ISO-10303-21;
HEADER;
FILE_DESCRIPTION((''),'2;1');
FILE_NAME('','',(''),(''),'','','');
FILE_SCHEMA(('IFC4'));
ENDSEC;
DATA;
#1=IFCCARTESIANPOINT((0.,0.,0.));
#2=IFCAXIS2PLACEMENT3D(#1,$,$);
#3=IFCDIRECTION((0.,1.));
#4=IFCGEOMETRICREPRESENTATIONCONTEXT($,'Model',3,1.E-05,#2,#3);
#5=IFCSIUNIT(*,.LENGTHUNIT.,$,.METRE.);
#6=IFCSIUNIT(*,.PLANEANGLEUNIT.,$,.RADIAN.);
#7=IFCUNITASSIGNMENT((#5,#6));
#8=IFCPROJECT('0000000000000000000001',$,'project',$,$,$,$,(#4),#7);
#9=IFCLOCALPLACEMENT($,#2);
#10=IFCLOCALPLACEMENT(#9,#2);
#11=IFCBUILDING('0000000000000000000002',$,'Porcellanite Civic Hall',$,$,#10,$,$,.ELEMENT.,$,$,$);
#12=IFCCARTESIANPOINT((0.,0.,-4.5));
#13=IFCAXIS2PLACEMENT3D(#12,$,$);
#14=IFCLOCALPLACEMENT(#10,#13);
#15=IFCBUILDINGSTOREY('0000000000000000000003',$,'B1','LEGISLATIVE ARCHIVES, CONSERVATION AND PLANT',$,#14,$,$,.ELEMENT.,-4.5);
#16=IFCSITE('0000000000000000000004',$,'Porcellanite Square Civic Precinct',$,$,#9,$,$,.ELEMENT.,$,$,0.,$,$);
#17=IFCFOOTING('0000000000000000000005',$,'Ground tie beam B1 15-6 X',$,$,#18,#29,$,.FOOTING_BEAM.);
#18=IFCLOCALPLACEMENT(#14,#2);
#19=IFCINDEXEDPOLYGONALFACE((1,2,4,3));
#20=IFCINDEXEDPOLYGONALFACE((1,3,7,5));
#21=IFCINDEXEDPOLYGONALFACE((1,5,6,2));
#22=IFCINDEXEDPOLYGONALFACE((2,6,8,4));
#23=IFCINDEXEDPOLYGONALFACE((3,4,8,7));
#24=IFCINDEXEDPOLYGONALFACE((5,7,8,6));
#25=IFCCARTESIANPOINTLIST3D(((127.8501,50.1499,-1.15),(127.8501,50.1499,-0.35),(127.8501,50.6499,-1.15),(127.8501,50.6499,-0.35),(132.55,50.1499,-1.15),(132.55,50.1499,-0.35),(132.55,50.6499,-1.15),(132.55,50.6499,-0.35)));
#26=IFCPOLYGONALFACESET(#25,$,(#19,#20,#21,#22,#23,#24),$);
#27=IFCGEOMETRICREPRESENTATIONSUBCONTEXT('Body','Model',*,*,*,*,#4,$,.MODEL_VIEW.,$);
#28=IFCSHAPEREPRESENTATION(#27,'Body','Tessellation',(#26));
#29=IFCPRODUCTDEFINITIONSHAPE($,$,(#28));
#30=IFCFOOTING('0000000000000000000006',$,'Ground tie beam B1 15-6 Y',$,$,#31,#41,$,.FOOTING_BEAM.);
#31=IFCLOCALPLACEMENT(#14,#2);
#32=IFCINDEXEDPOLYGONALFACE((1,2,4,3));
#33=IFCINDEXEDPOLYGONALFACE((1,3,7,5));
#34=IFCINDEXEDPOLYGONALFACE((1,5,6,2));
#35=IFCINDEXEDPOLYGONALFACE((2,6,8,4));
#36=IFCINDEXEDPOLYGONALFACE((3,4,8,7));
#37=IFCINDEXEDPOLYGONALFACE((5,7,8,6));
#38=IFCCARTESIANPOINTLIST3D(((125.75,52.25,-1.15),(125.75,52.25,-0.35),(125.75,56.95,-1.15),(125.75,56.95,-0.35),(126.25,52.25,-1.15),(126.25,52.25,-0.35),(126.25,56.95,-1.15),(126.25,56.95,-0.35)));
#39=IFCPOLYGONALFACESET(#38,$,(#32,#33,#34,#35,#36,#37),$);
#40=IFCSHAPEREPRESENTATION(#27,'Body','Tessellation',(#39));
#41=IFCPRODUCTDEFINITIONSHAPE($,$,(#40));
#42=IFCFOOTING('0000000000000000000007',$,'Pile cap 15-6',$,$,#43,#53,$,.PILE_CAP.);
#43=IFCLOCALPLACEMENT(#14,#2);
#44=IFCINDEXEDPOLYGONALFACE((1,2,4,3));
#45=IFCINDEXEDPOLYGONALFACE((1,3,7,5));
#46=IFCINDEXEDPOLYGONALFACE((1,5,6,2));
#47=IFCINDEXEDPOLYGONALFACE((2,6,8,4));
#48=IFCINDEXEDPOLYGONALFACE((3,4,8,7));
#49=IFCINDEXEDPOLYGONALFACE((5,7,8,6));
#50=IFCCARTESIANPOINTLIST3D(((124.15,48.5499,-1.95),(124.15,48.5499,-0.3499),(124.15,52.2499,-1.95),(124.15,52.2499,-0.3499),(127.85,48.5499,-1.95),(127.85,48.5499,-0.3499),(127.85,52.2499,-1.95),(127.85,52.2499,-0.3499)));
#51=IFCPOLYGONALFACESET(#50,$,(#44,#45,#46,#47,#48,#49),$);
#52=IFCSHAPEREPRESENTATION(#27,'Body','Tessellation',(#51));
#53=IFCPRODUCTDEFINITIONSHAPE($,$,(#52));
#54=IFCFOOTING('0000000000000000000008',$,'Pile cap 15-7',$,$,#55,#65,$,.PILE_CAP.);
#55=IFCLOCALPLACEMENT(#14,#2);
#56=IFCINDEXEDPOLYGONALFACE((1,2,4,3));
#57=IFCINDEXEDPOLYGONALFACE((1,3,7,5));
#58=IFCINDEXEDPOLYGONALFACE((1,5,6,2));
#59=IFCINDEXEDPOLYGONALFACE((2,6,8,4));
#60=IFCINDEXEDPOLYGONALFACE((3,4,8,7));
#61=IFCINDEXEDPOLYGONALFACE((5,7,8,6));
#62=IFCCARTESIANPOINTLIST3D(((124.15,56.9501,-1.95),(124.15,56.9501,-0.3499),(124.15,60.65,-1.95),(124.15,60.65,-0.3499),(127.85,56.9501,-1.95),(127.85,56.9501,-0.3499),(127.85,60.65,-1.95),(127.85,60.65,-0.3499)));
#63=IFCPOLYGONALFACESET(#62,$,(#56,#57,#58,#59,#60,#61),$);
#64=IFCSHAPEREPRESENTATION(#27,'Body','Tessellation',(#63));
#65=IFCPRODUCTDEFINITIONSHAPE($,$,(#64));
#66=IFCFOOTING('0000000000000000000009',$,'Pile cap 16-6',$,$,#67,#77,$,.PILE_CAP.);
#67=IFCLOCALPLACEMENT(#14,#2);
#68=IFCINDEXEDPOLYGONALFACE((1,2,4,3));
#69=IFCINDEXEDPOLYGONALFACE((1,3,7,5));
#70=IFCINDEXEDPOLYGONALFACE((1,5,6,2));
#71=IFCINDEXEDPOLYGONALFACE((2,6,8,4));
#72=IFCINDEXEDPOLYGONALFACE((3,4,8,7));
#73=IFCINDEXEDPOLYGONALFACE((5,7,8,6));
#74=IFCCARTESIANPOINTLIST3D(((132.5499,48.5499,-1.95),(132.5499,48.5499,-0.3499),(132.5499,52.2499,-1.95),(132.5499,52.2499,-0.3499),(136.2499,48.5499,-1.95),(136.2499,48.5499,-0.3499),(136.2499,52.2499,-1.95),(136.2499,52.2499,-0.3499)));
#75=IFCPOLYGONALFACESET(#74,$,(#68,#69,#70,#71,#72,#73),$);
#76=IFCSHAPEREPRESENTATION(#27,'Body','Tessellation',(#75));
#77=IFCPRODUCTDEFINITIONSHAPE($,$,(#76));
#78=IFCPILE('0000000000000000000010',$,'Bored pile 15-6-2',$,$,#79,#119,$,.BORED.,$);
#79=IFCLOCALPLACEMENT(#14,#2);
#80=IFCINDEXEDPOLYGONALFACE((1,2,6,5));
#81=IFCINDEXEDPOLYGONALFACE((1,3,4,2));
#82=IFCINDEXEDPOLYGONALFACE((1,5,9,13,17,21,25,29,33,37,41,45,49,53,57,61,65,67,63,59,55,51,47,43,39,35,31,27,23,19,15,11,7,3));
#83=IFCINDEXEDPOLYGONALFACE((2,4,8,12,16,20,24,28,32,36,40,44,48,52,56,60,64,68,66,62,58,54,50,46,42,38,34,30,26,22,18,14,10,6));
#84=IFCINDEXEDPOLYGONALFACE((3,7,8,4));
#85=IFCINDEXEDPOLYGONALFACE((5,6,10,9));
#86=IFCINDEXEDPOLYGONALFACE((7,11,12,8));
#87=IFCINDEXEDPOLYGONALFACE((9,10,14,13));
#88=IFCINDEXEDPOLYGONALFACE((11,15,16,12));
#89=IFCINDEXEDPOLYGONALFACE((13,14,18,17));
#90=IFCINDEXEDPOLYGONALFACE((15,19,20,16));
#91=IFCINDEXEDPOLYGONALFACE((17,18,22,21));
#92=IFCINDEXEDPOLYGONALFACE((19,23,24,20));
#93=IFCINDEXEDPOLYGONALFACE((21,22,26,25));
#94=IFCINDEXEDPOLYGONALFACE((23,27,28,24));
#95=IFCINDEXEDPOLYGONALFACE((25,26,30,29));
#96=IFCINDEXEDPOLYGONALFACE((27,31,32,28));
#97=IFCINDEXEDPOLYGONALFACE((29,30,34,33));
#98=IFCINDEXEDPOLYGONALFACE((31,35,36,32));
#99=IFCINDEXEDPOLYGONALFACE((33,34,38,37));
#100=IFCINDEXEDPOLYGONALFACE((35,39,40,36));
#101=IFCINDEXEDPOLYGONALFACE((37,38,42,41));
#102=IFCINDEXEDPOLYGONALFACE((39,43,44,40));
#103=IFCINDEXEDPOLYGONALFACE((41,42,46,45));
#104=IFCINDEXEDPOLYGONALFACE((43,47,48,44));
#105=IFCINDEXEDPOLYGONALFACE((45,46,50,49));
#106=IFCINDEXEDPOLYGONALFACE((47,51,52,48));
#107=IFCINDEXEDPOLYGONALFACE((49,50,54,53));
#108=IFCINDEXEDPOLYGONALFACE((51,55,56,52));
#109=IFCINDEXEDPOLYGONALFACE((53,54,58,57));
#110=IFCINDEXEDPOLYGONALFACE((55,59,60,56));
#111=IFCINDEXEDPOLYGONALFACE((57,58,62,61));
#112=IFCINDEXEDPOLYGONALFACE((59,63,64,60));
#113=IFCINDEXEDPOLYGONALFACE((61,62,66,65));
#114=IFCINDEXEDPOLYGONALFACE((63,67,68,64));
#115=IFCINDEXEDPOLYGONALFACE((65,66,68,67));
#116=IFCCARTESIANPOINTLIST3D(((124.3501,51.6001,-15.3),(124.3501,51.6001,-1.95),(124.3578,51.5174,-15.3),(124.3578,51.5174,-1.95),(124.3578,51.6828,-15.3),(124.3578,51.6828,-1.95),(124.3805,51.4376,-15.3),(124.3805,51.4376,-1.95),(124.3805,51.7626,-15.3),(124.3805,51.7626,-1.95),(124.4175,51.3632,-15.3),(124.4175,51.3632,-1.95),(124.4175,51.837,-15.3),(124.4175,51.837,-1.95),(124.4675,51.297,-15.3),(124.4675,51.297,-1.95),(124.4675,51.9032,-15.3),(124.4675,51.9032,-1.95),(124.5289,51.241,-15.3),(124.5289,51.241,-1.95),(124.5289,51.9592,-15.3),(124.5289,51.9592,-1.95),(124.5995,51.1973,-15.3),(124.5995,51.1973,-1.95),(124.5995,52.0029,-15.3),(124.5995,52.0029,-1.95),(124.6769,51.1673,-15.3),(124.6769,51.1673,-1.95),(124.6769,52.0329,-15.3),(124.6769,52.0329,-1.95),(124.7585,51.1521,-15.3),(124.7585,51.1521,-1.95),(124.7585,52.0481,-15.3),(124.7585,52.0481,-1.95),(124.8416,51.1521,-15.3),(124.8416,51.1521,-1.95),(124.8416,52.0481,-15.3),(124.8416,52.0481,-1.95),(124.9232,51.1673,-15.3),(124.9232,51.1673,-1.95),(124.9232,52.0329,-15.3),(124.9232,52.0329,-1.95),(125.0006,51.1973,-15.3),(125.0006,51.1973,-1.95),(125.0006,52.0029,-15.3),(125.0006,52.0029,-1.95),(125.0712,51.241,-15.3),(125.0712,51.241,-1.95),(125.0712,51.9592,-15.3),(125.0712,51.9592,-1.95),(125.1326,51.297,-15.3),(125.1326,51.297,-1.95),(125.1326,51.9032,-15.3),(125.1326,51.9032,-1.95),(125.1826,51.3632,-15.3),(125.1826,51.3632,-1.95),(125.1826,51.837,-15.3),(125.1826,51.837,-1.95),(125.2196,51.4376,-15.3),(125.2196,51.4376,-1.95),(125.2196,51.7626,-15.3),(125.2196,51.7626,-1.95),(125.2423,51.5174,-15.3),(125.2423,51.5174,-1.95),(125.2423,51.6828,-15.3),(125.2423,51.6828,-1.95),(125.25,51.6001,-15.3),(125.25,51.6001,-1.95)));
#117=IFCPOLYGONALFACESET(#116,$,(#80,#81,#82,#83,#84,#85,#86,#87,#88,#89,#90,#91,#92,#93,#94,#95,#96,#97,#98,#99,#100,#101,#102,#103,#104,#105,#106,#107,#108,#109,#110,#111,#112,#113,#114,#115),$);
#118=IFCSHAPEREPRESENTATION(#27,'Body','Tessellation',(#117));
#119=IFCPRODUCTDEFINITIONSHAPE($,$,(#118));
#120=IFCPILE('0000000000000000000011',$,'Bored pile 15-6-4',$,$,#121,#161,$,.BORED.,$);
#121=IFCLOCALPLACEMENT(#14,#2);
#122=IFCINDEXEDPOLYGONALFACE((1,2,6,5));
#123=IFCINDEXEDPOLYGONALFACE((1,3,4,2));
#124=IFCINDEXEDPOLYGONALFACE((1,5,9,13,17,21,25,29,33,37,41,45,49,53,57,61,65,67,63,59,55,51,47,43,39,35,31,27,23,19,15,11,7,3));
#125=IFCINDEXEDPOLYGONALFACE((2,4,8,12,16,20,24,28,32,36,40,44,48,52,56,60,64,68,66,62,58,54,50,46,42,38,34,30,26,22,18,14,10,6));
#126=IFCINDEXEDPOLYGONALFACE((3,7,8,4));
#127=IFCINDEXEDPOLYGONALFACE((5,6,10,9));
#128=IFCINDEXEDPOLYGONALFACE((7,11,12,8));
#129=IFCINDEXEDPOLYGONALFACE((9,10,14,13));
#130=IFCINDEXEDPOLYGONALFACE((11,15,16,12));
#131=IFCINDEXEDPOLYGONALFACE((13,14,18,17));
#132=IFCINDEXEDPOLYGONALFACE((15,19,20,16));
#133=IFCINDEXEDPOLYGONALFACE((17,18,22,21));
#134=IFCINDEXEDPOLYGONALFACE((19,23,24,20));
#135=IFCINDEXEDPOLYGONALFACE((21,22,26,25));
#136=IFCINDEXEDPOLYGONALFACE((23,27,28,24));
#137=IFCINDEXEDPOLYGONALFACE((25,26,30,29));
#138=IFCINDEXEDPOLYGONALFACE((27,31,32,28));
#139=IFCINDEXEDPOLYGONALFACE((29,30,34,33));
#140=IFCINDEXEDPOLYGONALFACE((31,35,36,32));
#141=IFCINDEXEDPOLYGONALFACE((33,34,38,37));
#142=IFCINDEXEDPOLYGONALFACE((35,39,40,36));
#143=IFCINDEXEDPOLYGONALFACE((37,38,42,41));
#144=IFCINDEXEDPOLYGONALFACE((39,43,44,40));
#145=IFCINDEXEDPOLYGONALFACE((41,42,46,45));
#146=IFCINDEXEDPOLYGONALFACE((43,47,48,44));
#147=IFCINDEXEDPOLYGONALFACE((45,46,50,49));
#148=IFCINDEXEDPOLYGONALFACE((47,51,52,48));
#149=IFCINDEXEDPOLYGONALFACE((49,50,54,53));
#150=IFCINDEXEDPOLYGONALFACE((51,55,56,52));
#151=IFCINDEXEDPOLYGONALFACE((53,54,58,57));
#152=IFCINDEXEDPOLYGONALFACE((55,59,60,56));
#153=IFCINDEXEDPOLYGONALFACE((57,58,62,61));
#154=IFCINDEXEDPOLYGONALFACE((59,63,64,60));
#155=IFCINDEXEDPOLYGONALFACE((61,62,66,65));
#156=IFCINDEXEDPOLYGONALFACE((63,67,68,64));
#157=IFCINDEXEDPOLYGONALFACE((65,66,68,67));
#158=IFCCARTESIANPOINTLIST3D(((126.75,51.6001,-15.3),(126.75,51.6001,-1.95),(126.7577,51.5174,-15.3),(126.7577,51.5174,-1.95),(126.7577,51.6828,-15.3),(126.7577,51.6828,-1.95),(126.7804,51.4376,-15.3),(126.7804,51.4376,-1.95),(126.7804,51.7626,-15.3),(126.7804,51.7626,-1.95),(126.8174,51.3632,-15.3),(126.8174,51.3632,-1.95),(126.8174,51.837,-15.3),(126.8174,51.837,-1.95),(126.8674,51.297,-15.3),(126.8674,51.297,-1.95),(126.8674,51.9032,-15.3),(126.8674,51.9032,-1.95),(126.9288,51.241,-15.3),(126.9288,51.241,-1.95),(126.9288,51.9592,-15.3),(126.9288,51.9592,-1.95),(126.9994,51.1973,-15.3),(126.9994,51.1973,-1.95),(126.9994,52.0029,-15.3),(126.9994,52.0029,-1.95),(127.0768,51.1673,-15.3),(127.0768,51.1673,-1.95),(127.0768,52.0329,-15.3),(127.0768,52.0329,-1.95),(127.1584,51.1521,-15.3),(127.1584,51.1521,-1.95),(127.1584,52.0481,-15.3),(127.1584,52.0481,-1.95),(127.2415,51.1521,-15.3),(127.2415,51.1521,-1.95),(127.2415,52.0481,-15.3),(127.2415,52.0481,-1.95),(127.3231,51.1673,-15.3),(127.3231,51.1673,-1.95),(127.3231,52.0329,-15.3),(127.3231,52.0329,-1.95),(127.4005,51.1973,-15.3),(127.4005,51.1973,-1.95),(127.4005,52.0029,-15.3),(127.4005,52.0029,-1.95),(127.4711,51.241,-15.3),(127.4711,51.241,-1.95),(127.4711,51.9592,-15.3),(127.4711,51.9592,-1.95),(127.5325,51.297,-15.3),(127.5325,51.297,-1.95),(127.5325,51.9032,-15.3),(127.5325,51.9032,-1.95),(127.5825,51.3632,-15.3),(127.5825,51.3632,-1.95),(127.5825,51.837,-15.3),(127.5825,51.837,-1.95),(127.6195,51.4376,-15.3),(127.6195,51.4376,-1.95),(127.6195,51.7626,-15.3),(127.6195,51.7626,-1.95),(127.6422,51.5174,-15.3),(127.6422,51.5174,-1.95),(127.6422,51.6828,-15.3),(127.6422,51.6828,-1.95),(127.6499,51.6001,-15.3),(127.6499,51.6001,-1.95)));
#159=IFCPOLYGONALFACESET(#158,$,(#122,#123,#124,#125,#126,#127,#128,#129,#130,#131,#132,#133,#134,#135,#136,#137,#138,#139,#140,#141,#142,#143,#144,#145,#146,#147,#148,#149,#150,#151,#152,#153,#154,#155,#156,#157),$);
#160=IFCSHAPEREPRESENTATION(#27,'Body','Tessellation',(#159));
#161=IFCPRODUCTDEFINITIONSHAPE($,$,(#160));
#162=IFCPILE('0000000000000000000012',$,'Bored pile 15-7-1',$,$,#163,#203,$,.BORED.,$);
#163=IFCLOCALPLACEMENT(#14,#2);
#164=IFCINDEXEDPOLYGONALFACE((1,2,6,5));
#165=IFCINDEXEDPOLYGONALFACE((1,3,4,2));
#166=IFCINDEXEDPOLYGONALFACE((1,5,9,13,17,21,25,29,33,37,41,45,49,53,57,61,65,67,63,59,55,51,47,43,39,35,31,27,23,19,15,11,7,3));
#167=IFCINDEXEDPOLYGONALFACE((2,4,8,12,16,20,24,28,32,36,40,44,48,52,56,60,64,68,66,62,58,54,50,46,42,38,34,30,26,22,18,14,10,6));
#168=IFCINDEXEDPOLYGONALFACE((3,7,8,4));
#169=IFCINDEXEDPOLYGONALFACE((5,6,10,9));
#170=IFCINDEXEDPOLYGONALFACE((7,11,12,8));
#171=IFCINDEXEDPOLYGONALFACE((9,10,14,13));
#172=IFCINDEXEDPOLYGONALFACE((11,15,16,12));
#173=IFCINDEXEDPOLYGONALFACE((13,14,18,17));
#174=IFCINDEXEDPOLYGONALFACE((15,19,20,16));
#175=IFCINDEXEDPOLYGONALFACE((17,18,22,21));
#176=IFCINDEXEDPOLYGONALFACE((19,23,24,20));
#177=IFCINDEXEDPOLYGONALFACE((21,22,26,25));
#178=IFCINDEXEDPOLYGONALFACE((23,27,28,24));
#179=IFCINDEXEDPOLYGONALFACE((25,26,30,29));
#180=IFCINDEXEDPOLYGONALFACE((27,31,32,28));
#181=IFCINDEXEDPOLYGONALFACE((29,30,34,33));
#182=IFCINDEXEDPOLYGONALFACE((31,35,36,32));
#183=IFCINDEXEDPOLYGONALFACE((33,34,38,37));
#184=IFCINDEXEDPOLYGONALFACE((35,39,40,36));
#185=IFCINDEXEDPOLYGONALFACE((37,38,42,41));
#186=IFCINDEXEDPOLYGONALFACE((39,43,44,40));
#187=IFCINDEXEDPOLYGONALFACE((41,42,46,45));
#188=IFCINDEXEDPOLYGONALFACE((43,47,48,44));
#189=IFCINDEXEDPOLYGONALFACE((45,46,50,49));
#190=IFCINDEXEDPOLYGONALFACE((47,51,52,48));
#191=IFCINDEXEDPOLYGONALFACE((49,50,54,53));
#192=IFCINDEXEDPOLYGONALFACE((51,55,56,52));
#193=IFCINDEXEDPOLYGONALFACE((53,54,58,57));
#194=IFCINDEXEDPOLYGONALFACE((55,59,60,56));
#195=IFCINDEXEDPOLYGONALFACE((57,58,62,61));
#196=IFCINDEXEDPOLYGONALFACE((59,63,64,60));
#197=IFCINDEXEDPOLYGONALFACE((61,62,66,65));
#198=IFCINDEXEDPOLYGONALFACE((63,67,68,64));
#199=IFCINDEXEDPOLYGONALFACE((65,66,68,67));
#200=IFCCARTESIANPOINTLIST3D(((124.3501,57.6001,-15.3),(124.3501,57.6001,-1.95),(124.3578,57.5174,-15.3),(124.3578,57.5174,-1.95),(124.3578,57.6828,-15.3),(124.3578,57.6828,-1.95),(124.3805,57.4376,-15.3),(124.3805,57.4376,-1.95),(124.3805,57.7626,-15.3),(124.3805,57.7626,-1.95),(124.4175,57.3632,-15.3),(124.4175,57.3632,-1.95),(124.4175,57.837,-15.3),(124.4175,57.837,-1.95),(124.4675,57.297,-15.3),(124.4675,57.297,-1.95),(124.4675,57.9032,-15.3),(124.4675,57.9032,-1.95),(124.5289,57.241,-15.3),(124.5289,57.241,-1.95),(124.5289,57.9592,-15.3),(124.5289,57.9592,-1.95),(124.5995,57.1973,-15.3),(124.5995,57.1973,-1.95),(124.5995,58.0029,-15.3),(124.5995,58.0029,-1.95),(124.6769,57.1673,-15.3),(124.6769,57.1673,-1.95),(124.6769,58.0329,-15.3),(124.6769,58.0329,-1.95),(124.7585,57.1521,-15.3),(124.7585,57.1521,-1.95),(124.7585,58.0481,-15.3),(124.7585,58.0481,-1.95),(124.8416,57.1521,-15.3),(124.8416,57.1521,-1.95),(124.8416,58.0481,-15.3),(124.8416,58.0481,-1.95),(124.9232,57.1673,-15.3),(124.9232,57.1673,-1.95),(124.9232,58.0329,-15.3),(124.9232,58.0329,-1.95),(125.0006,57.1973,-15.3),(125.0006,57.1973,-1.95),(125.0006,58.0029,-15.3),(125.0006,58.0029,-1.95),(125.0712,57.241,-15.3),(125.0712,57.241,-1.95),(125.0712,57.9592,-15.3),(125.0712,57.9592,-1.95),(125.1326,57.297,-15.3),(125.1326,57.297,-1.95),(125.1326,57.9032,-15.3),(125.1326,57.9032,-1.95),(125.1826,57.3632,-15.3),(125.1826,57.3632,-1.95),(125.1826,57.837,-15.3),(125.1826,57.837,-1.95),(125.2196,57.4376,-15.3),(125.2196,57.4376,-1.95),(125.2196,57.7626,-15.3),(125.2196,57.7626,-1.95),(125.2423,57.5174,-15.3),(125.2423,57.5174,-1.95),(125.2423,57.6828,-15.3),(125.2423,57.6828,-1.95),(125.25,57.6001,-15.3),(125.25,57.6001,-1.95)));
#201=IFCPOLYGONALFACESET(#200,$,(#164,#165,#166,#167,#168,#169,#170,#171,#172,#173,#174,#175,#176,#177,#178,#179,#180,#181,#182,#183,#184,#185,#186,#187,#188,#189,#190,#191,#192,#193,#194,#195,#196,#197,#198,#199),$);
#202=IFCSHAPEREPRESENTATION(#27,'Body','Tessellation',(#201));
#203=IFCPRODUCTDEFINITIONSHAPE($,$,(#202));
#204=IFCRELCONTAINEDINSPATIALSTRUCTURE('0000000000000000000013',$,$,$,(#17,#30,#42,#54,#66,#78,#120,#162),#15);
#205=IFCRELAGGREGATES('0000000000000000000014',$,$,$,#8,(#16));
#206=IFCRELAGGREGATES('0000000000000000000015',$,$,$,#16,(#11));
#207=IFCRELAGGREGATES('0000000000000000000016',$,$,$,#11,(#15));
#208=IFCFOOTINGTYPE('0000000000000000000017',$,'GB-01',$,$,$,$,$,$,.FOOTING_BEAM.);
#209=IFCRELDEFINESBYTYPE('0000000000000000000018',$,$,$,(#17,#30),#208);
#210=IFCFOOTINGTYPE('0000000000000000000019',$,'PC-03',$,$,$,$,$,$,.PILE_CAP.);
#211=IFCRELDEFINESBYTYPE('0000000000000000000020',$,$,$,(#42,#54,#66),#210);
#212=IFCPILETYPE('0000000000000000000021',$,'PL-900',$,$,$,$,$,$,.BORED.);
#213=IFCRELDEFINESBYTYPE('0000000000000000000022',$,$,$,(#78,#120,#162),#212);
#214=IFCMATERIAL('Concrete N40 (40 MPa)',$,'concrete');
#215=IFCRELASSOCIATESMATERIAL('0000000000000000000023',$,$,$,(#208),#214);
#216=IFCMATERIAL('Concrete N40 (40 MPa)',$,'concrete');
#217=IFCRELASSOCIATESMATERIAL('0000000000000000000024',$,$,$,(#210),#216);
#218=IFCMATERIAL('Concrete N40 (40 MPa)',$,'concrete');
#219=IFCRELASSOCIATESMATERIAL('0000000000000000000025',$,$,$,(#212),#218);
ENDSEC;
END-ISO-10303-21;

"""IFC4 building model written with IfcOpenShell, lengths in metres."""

from ifc_helpers import new_model, si_unit, direction, frame, origin, origin_2d, place, context, subcontext, project, spatial, rectangle, circle, extrude, material, material_profile, profile_set, type_object, element, save


model = new_model("IFC4")

# Units and contexts
model_context = context("Model", 3, precision=1e-05, world=origin(), true_north=direction((0.0, 1.0)))
body_context = subcontext(model_context, "Body", "Model", "MODEL_VIEW")
ifc_project = project(units=[si_unit("LENGTHUNIT", "METRE"), si_unit("PLANEANGLEUNIT", "RADIAN")], contexts=[model_context])

# Site, building, storey
site_placement = place(None, origin())
site = spatial("IfcSite", under=ifc_project, at=site_placement, Name="Porcellanite Square Civic Precinct", CompositionType="ELEMENT", RefElevation=0.0)
building_placement = place(site_placement, origin())
building = spatial("IfcBuilding", under=site, at=building_placement, Name="Porcellanite Civic Hall", CompositionType="ELEMENT")
storey_placement = place(building_placement, frame((0.0, 0.0, -4.5)))
storey = spatial("IfcBuildingStorey", under=building, at=storey_placement, Name="B1", Description="LEGISLATIVE ARCHIVES, CONSERVATION AND PLANT", CompositionType="ELEMENT", Elevation=-4.5)

# Footings
ifc_material_1 = material(Name="Concrete N40 (40 MPa)", Category="concrete")
ifc_material_profile_1 = material_profile(ifc_material_1, rectangle(XDim=0.5, YDim=0.8, at=origin_2d()), Name="RC-500x800")
ifc_profile_set_1 = profile_set([ifc_material_profile_1], Name="Concrete N40 (40 MPa)")
footing_type_1 = type_object("IfcFootingType", Name="GB-01", PredefinedType="FOOTING_BEAM", material=ifc_profile_set_1)
for number, where, z_axis, x_axis, name in (
    (1, (127.8501, 50.3999, -0.75), (1.0, 0.0, 0.0), (0.0, 1.0, 0.0), "Ground tie beam B1 15-6 X"),
    (2, (126.0, 52.25, -0.75), (0.0, 1.0, 0.0), (-1.0, 0.0, 0.0), "Ground tie beam B1 15-6 Y"),
):
    element("IfcFooting", number, at=place(storey_placement, frame(where, z_axis=z_axis, x_axis=x_axis)), inside=storey, type_object=footing_type_1, Name=name, PredefinedType="FOOTING_BEAM", context=body_context, shape_type="SweptSolid", body=[
        extrude(rectangle(XDim=0.5, YDim=0.8, at=origin_2d()), origin(), (0.0, 0.0, 1.0), 4.7),
    ])
ifc_material_2 = material(Name="Concrete N40 (40 MPa)", Category="concrete")
footing_type_2 = type_object("IfcFootingType", Name="PC-03", PredefinedType="PILE_CAP", material=ifc_material_2)
for number, where, z_axis, x_axis, name in (
    (3, (126.0, 50.3999, -1.95), (0.0, 0.0, 1.0), (1.0, 0.0, 0.0), "Pile cap 15-6"),
    (4, (126.0, 58.8, -1.95), (0.0, 0.0, 1.0), (1.0, 0.0, 0.0), "Pile cap 15-7"),
    (5, (134.3999, 50.3999, -1.95), (0.0, 0.0, 1.0), (1.0, 0.0, 0.0), "Pile cap 16-6"),
):
    element("IfcFooting", number, at=place(storey_placement, frame(where, z_axis=z_axis, x_axis=x_axis)), inside=storey, type_object=footing_type_2, Name=name, PredefinedType="PILE_CAP", context=body_context, shape_type="SweptSolid", body=[
        extrude(rectangle(XDim=3.7, YDim=3.7, at=origin_2d()), origin(), (0.0, 0.0, 1.0), 1.6001),
    ])

# Piles
ifc_material_3 = material(Name="Concrete N40 (40 MPa)", Category="concrete")
ifc_material_profile_2 = material_profile(ifc_material_3, circle(Radius=0.45, at=origin_2d()), Name="PILE-D900")
ifc_profile_set_2 = profile_set([ifc_material_profile_2], Name="Concrete N40 (40 MPa)")
pile_type = type_object("IfcPileType", Name="PL-900", PredefinedType="BORED", material=ifc_profile_set_2)
for number, where, z_axis, x_axis, name in (
    (6, (124.8, 51.6001, -1.95), (0.0, 0.0, -1.0), (1.0, 0.0, 0.0), "Bored pile 15-6-2"),
    (7, (127.2, 51.6001, -1.95), (0.0, 0.0, -1.0), (1.0, 0.0, 0.0), "Bored pile 15-6-4"),
    (8, (124.8, 57.6001, -1.95), (0.0, 0.0, -1.0), (1.0, 0.0, 0.0), "Bored pile 15-7-1"),
):
    element("IfcPile", number, at=place(storey_placement, frame(where, z_axis=z_axis, x_axis=x_axis)), inside=storey, type_object=pile_type, Name=name, PredefinedType="BORED", context=body_context, shape_type="SweptSolid", body=[
        extrude(circle(Radius=0.45, at=origin_2d()), origin(), (0.0, 0.0, 1.0), 13.3501),
    ])

save(model, "model.ifc")
